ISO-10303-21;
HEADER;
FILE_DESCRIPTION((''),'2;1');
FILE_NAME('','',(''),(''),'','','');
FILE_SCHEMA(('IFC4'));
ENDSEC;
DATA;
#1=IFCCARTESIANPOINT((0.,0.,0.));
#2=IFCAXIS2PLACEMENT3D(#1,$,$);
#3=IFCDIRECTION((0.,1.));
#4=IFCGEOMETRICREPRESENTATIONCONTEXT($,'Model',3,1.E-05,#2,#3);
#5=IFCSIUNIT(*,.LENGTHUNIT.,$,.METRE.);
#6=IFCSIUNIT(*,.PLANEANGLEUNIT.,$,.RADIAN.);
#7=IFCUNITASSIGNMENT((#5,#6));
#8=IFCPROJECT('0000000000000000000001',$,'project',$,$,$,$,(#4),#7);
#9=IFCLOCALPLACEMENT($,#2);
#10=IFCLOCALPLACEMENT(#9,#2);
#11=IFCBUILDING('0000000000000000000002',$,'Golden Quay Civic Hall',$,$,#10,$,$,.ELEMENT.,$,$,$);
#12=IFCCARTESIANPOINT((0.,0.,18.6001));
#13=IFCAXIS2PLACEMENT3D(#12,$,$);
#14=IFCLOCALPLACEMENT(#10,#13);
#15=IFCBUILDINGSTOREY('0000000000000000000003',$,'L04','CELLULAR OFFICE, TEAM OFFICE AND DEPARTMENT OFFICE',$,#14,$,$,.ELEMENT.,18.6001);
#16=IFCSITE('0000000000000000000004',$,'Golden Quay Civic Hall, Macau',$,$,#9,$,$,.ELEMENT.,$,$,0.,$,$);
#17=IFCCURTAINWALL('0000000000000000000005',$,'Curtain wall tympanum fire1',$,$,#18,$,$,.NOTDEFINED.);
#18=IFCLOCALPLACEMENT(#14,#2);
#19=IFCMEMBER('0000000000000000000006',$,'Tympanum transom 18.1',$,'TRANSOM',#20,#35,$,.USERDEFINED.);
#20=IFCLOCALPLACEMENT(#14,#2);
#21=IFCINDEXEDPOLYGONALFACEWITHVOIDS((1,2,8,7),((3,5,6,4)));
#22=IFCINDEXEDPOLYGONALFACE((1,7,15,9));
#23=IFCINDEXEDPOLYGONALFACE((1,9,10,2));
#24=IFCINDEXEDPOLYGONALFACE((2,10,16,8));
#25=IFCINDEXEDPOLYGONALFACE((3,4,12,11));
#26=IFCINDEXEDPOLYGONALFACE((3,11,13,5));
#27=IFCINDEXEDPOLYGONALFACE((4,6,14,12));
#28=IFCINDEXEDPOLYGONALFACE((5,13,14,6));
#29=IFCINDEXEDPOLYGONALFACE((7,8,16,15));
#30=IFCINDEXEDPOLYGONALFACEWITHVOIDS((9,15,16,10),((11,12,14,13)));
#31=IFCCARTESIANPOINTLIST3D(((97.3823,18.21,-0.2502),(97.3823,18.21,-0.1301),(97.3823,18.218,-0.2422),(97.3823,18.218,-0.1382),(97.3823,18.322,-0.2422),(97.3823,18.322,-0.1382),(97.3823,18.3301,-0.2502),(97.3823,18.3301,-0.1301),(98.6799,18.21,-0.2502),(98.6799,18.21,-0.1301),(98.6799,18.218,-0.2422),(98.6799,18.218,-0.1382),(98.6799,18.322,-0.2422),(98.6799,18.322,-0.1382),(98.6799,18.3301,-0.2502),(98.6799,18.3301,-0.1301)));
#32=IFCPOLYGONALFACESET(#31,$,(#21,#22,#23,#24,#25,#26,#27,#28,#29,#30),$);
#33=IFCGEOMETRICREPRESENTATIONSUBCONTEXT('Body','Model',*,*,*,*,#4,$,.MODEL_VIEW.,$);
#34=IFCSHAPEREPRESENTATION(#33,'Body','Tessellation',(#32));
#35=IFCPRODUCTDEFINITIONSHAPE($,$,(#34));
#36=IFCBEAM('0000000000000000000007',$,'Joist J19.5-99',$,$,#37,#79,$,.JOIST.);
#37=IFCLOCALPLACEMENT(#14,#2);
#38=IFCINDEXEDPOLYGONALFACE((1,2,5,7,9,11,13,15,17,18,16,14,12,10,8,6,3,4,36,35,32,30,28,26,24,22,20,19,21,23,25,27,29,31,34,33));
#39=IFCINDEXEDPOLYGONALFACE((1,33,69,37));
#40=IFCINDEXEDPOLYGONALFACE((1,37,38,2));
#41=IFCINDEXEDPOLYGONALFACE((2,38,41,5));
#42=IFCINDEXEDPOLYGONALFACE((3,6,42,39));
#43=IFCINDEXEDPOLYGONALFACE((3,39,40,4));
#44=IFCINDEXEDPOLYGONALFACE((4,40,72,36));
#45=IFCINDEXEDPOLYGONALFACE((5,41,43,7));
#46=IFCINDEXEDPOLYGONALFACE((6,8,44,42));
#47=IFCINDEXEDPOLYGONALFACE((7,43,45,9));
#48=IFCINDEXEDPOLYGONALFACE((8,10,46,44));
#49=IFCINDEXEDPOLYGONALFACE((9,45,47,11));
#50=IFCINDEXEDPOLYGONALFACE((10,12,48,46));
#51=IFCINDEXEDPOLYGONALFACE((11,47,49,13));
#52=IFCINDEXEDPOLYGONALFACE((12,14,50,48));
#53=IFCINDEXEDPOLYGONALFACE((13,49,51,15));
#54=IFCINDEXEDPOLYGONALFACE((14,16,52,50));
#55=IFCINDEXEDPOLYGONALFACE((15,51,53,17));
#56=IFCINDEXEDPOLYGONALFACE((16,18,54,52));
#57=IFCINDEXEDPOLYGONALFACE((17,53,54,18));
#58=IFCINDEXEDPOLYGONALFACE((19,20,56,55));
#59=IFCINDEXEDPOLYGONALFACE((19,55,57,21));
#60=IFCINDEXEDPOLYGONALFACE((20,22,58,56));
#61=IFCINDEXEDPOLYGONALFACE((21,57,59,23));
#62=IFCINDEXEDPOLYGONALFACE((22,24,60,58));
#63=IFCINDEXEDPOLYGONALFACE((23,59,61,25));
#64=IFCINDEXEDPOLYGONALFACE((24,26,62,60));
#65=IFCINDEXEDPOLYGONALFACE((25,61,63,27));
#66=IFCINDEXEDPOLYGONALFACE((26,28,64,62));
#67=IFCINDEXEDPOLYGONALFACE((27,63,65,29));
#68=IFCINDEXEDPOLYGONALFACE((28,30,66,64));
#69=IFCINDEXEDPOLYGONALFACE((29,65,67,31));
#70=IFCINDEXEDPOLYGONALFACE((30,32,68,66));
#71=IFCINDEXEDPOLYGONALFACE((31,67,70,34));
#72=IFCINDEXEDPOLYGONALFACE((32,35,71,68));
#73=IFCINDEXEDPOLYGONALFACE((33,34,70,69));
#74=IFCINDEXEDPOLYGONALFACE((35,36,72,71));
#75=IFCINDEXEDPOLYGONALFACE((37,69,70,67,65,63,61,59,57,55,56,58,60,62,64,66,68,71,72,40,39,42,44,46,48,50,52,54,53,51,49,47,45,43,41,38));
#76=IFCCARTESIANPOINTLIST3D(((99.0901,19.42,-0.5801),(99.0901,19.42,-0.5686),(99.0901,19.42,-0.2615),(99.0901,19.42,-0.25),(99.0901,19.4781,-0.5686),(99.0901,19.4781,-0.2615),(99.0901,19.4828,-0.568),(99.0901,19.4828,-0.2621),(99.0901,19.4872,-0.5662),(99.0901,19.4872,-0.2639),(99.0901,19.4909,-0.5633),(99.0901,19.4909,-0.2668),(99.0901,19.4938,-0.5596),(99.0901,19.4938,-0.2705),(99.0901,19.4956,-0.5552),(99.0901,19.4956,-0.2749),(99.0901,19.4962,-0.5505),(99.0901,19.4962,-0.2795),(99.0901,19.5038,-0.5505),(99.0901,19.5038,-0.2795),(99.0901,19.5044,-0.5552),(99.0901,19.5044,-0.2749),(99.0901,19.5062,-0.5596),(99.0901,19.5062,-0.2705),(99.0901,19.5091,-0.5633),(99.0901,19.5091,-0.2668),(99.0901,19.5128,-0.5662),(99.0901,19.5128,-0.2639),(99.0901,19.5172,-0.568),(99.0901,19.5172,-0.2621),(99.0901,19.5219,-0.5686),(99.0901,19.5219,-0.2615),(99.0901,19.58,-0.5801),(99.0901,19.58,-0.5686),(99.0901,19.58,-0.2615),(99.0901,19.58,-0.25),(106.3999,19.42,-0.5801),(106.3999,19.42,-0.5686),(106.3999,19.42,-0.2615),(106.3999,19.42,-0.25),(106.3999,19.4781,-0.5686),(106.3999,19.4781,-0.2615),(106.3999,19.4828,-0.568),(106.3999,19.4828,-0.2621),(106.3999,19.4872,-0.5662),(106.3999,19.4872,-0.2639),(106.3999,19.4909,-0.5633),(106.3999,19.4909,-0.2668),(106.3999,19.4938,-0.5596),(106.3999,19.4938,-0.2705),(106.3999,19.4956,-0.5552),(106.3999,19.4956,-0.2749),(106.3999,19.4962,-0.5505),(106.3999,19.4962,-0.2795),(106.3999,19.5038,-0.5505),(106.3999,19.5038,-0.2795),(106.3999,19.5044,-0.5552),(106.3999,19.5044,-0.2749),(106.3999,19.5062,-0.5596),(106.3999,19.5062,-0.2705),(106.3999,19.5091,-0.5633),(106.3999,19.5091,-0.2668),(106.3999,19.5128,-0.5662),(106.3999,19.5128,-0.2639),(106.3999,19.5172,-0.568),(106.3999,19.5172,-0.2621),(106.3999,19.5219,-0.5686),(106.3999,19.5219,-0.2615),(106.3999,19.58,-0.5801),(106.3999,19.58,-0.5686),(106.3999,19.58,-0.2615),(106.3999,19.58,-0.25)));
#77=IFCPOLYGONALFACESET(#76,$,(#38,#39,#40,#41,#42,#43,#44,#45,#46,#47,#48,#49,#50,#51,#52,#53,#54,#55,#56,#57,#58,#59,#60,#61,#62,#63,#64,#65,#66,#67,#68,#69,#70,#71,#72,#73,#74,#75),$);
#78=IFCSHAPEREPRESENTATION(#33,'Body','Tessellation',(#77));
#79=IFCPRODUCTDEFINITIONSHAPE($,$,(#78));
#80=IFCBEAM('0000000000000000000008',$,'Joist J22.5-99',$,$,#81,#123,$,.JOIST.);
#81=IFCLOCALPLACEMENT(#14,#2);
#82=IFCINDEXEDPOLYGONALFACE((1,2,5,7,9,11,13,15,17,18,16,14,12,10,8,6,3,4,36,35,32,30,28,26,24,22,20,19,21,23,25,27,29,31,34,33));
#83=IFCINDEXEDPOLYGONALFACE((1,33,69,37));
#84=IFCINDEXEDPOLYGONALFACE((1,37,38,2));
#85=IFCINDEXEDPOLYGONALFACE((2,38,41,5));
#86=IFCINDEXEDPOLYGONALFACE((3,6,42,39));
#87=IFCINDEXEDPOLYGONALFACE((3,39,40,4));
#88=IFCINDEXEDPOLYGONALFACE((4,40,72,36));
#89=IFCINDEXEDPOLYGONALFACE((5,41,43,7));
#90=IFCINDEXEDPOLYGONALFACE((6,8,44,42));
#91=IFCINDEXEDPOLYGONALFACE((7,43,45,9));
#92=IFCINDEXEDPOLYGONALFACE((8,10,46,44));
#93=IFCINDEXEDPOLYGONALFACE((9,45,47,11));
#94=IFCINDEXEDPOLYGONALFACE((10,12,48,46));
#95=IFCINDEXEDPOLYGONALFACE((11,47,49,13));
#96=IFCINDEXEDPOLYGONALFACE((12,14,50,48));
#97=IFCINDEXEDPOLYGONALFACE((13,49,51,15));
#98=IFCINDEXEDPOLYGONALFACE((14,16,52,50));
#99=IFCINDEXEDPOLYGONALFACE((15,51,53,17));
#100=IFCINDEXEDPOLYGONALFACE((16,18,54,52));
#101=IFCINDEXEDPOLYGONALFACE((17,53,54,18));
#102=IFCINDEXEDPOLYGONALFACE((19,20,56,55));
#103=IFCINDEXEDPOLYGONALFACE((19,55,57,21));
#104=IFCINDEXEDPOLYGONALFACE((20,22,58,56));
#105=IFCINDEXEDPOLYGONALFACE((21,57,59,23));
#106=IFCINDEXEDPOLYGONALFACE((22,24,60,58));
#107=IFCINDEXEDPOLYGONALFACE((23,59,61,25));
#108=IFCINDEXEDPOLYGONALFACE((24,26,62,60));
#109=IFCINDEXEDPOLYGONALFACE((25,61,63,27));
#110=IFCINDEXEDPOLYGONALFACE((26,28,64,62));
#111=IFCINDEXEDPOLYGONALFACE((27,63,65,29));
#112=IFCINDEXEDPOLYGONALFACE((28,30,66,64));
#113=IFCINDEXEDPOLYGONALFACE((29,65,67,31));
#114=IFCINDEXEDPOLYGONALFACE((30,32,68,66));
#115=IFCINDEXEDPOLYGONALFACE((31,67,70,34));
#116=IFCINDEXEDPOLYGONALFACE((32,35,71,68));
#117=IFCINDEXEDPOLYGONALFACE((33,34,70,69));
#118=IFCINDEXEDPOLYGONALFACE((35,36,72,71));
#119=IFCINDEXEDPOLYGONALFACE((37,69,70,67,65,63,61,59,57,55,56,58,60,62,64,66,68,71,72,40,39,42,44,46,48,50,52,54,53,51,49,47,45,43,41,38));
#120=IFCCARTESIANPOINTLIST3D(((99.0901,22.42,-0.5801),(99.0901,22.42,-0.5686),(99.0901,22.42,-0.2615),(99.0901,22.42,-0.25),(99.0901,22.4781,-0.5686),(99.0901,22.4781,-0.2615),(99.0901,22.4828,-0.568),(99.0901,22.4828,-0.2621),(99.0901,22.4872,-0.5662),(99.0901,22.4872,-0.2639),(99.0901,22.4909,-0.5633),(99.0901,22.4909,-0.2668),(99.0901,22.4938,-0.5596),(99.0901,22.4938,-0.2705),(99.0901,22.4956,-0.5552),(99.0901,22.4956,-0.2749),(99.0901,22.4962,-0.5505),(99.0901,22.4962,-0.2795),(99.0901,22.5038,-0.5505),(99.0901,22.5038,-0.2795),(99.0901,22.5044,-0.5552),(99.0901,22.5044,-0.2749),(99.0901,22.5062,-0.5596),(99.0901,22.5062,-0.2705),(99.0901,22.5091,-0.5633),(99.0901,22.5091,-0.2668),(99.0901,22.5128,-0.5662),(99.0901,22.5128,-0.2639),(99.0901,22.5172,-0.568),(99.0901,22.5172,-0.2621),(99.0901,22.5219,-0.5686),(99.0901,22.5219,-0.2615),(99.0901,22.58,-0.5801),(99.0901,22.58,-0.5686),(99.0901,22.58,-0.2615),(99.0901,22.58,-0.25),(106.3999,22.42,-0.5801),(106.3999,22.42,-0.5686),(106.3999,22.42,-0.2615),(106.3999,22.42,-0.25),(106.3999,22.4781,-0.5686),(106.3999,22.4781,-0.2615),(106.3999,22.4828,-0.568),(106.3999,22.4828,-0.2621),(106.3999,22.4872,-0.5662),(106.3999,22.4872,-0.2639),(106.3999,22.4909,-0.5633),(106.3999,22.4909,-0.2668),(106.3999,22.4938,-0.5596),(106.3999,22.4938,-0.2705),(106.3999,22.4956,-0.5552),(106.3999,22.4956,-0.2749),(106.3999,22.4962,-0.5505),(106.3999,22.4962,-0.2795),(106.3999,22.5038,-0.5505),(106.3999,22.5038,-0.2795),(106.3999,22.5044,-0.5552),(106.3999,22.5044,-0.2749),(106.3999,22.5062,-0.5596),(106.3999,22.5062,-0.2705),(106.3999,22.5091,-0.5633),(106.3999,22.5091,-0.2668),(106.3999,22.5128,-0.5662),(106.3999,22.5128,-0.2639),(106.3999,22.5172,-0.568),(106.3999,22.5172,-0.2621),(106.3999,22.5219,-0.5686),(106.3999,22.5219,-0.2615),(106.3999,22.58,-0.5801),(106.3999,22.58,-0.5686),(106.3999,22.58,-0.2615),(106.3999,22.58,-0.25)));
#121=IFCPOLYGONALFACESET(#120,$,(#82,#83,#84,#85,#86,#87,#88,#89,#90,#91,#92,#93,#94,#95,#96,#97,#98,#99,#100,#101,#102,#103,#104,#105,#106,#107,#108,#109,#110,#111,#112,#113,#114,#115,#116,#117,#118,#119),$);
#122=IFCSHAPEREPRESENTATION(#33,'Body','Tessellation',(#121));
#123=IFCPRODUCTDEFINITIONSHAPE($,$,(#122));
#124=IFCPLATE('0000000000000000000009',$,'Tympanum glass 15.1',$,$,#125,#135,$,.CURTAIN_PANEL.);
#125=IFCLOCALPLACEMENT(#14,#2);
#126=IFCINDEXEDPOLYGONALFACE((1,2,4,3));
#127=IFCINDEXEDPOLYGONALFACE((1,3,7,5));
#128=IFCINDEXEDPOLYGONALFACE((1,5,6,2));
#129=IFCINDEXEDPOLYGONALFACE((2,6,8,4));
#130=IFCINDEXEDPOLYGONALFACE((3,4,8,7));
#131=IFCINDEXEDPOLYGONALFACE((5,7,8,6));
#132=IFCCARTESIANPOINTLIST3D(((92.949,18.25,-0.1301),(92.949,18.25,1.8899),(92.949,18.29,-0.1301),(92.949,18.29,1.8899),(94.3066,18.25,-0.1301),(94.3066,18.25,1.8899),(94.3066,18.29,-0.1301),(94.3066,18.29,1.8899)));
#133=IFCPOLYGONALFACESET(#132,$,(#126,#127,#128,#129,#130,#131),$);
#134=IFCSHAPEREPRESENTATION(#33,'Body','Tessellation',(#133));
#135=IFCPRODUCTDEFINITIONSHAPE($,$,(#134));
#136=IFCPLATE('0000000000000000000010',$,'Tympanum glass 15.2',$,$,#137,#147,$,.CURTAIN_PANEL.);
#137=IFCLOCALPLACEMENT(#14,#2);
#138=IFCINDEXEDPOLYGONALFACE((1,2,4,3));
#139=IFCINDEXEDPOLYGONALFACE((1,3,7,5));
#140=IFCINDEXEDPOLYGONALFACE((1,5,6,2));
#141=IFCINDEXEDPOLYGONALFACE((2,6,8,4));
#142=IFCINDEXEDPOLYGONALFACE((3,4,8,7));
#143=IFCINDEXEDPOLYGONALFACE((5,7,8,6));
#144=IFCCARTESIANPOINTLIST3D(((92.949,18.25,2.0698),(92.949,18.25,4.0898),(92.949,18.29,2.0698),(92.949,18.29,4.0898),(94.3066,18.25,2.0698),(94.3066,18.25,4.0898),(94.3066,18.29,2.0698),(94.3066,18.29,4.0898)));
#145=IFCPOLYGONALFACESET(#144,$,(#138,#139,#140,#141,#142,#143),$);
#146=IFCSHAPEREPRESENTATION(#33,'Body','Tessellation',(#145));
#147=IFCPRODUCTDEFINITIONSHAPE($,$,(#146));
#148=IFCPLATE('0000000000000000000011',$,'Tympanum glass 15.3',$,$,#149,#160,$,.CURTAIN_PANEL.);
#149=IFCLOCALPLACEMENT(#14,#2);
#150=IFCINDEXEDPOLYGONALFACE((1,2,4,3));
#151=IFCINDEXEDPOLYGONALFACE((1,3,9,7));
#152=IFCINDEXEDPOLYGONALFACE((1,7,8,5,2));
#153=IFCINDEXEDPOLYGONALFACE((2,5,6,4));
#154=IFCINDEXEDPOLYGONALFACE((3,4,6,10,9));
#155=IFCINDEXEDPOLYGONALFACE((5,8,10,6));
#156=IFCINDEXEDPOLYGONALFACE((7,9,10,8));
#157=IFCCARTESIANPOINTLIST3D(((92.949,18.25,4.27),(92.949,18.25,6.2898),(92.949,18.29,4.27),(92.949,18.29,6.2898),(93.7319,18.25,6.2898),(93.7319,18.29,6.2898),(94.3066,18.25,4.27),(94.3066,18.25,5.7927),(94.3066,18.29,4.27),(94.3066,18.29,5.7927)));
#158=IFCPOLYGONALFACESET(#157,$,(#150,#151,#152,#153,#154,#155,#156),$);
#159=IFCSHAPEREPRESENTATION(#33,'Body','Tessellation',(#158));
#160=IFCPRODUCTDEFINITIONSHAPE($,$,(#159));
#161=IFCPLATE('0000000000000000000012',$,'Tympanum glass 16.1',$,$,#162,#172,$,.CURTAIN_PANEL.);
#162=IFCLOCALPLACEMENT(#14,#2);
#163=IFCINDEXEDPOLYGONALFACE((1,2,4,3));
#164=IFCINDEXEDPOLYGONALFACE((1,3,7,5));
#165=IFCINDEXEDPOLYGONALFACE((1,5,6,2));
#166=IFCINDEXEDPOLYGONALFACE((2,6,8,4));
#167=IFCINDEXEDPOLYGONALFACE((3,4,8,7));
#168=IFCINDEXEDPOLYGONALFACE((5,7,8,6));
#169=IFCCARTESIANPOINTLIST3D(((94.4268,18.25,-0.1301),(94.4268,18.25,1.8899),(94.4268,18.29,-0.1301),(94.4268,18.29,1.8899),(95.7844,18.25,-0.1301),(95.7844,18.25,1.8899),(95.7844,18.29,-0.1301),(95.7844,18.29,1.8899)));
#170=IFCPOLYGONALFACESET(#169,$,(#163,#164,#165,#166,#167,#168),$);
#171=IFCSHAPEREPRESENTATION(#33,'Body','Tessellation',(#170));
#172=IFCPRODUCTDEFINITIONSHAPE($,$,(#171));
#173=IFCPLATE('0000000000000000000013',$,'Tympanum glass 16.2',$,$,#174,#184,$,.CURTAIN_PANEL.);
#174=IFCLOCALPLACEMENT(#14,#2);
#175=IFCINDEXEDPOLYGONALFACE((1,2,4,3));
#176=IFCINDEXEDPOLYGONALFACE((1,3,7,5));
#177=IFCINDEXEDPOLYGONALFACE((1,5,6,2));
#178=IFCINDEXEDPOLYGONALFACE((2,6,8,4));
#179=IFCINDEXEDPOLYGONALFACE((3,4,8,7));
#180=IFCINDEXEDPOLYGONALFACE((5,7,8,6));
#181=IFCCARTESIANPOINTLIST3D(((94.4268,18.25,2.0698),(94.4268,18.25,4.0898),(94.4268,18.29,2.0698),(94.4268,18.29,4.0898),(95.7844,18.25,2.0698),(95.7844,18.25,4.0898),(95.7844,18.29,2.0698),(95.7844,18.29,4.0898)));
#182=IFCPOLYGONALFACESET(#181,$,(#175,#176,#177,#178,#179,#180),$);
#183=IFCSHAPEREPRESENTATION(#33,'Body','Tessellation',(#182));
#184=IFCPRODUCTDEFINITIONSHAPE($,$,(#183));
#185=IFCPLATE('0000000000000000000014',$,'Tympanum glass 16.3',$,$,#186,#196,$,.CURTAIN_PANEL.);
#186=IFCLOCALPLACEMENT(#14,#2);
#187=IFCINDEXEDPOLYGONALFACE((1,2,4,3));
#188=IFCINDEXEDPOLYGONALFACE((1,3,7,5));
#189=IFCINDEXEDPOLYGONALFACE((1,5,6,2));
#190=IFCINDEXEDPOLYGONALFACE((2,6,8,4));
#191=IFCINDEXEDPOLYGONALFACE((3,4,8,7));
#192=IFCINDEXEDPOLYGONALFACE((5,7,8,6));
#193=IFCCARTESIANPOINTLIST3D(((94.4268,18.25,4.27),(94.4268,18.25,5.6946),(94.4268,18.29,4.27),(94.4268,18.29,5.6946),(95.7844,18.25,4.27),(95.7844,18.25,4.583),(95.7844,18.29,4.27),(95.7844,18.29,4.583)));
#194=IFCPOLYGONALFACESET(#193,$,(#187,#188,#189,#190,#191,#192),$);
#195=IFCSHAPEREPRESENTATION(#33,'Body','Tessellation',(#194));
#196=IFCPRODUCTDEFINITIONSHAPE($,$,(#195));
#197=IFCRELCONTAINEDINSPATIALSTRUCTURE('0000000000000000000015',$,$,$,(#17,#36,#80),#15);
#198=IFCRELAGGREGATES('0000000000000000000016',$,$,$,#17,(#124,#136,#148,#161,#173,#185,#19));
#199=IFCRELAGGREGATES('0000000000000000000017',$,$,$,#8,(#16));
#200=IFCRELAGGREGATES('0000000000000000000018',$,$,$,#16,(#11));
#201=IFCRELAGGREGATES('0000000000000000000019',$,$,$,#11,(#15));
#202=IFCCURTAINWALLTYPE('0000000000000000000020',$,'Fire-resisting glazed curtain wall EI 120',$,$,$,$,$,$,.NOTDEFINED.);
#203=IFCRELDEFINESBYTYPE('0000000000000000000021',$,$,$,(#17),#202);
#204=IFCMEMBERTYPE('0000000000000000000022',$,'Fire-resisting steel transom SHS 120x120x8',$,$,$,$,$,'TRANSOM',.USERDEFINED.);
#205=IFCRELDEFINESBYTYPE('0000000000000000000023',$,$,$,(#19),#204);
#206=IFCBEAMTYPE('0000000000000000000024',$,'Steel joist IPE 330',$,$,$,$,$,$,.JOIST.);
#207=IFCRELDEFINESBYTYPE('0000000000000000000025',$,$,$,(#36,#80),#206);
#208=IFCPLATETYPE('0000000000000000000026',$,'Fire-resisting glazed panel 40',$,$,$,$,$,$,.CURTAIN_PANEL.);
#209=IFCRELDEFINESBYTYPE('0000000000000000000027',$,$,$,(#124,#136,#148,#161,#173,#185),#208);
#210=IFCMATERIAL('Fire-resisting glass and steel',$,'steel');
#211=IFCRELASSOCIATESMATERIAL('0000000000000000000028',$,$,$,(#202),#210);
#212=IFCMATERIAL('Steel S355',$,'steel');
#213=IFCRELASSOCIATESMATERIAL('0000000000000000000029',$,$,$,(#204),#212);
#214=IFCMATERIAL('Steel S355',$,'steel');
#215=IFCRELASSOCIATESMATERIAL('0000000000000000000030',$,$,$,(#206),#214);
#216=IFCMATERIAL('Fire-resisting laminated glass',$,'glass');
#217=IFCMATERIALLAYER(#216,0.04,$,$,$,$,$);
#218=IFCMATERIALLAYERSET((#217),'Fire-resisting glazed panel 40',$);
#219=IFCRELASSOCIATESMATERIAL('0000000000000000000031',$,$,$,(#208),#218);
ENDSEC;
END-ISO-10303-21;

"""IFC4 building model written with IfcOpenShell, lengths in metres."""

from ifc_helpers import new_model, si_unit, direction, frame, origin, origin_2d, place, context, subcontext, project, spatial, polyline, hollow_rectangle, i_section, outline, extrude, material, layer, layer_set, material_profile, profile_set, type_object, element, aggregate, save


model = new_model("IFC4")

# Units and contexts
model_context = context("Model", 3, precision=1e-05, world=origin(), true_north=direction((0.0, 1.0)))
body_context = subcontext(model_context, "Body", "Model", "MODEL_VIEW")
ifc_project = project(units=[si_unit("LENGTHUNIT", "METRE"), si_unit("PLANEANGLEUNIT", "RADIAN")], contexts=[model_context])

# Site, building, storey
site_placement = place(None, origin())
site = spatial("IfcSite", under=ifc_project, at=site_placement, Name="Golden Quay Civic Hall, Macau", CompositionType="ELEMENT", RefElevation=0.0)
building_placement = place(site_placement, origin())
building = spatial("IfcBuilding", under=site, at=building_placement, Name="Golden Quay Civic Hall", CompositionType="ELEMENT")
storey_placement = place(building_placement, frame((0.0, 0.0, 18.6001)))
storey = spatial("IfcBuildingStorey", under=building, at=storey_placement, Name="L04", Description="CELLULAR OFFICE, TEAM OFFICE AND DEPARTMENT OFFICE", CompositionType="ELEMENT", Elevation=18.6001)

# Curtain wall, member
ifc_material_1 = material(Name="Fire-resisting glass and steel", Category="steel")
curtain_wall_type = type_object("IfcCurtainWallType", Name="Fire-resisting glazed curtain wall EI 120", PredefinedType="NOTDEFINED", material=ifc_material_1)
curtain_wall_placement = place(storey_placement, origin())
curtain_wall = element("IfcCurtainWall", 1, at=curtain_wall_placement, inside=storey, type_object=curtain_wall_type, Name="Curtain wall tympanum fire1", PredefinedType="NOTDEFINED")
ifc_material_2 = material(Name="Steel S355", Category="steel")
ifc_material_profile_1 = material_profile(ifc_material_2, hollow_rectangle(XDim=0.1201, YDim=0.1201, WallThickness=0.0081, at=origin_2d()), Name="SHS 120x120x8")
ifc_profile_set_1 = profile_set([ifc_material_profile_1], Name="Steel S355")
member_type_1 = type_object("IfcMemberType", Name="Fire-resisting steel transom SHS 120x120x8", ElementType="TRANSOM", PredefinedType="USERDEFINED", material=ifc_profile_set_1)
member_1_placement = place(storey_placement, frame((97.3823, 18.27, -0.1902), z_axis=(1.0, 0.0, 0.0), x_axis=(0.0, 1.0, 0.0)))
member_1 = element("IfcMember", 2, at=member_1_placement, type_object=member_type_1, Name="Tympanum transom 18.1", ObjectType="TRANSOM", PredefinedType="USERDEFINED", context=body_context, shape_type="SweptSolid", body=[
    extrude(hollow_rectangle(XDim=0.1201, YDim=0.1201, WallThickness=0.0081, at=origin_2d()), origin(), (0.0, 0.0, 1.0), 1.2976),
])

# Beams
ifc_material_3 = material(Name="Steel S355", Category="steel")
ifc_material_profile_2 = material_profile(ifc_material_3, i_section(OverallWidth=0.1599, OverallDepth=0.3301, WebThickness=0.0076, FlangeThickness=0.0115, FilletRadius=0.0181, at=origin_2d()), Name="IPE 330")
ifc_profile_set_2 = profile_set([ifc_material_profile_2], Name="Steel S355")
beam_type = type_object("IfcBeamType", Name="Steel joist IPE 330", PredefinedType="JOIST", material=ifc_profile_set_2)
for number, where, z_axis, x_axis, name in (
    (3, (99.0901, 19.5, -0.415), (1.0, 0.0, 0.0), (0.0, 1.0, 0.0), "Joist J19.5-99"),
    (4, (99.0901, 22.5, -0.415), (1.0, 0.0, 0.0), (0.0, 1.0, 0.0), "Joist J22.5-99"),
):
    element("IfcBeam", number, at=place(storey_placement, frame(where, z_axis=z_axis, x_axis=x_axis)), inside=storey, type_object=beam_type, Name=name, PredefinedType="JOIST", context=body_context, shape_type="SweptSolid", body=[
        extrude(i_section(OverallWidth=0.1599, OverallDepth=0.3301, WebThickness=0.0076, FlangeThickness=0.0115, FilletRadius=0.0181, at=origin_2d()), origin(), (0.0, 0.0, 1.0), 7.3098),
    ])

# Plates
ifc_material_4 = material(Name="Fire-resisting laminated glass", Category="glass")
ifc_layer = layer(ifc_material_4, 0.04)
ifc_layer_set = layer_set([ifc_layer], Name="Fire-resisting glazed panel 40")
plate_type = type_object("IfcPlateType", Name="Fire-resisting glazed panel 40", PredefinedType="CURTAIN_PANEL", material=ifc_layer_set)
plate_1_placement = place(storey_placement, frame((94.3066, 18.29, -0.1301), z_axis=(0.0, 1.0, 0.0), x_axis=(-1.0, 0.0, 0.0)))
plate_1 = element("IfcPlate", 5, at=plate_1_placement, type_object=plate_type, Name="Tympanum glass 15.1", PredefinedType="CURTAIN_PANEL", context=body_context, shape_type="SweptSolid", body=[
    extrude(outline(polyline([(0.0, 0.0), (1.3577, 0.0), (1.3577, 2.02), (0.0, 2.02), (0.0, 0.0)])), origin(), (0.0, 0.0, -1.0), 0.04),
])
plate_2_placement = place(storey_placement, frame((94.3066, 18.29, 2.0698), z_axis=(0.0, 1.0, 0.0), x_axis=(-1.0, 0.0, 0.0)))
plate_2 = element("IfcPlate", 6, at=plate_2_placement, type_object=plate_type, Name="Tympanum glass 15.2", PredefinedType="CURTAIN_PANEL", context=body_context, shape_type="SweptSolid", body=[
    extrude(outline(polyline([(0.0, 0.0), (1.3577, 0.0), (1.3577, 2.02), (0.0, 2.02), (0.0, 0.0)])), origin(), (0.0, 0.0, -1.0), 0.04),
])
plate_3_placement = place(storey_placement, frame((94.3066, 18.29, 4.27), z_axis=(0.0, 1.0, 0.0), x_axis=(-1.0, 0.0, 0.0)))
plate_3 = element("IfcPlate", 7, at=plate_3_placement, type_object=plate_type, Name="Tympanum glass 15.3", PredefinedType="CURTAIN_PANEL", context=body_context, shape_type="SweptSolid", body=[
    extrude(outline(polyline([(0.0, 0.0), (1.3577, 0.0), (1.3577, 2.0198), (0.5747, 2.0198), (0.0, 1.5227), (0.0, 0.0)])), origin(), (0.0, 0.0, -1.0), 0.04),
])
plate_4_placement = place(storey_placement, frame((95.7844, 18.29, -0.1301), z_axis=(0.0, 1.0, 0.0), x_axis=(-1.0, 0.0, 0.0)))
plate_4 = element("IfcPlate", 8, at=plate_4_placement, type_object=plate_type, Name="Tympanum glass 16.1", PredefinedType="CURTAIN_PANEL", context=body_context, shape_type="SweptSolid", body=[
    extrude(outline(polyline([(0.0, 0.0), (1.3577, 0.0), (1.3577, 2.02), (0.0, 2.02), (0.0, 0.0)])), origin(), (0.0, 0.0, -1.0), 0.04),
])
plate_5_placement = place(storey_placement, frame((95.7844, 18.29, 2.0698), z_axis=(0.0, 1.0, 0.0), x_axis=(-1.0, 0.0, 0.0)))
plate_5 = element("IfcPlate", 9, at=plate_5_placement, type_object=plate_type, Name="Tympanum glass 16.2", PredefinedType="CURTAIN_PANEL", context=body_context, shape_type="SweptSolid", body=[
    extrude(outline(polyline([(0.0, 0.0), (1.3577, 0.0), (1.3577, 2.02), (0.0, 2.02), (0.0, 0.0)])), origin(), (0.0, 0.0, -1.0), 0.04),
])
plate_6_placement = place(storey_placement, frame((95.7844, 18.29, 4.27), z_axis=(0.0, 1.0, 0.0), x_axis=(-1.0, 0.0, 0.0)))
plate_6 = element("IfcPlate", 10, at=plate_6_placement, type_object=plate_type, Name="Tympanum glass 16.3", PredefinedType="CURTAIN_PANEL", context=body_context, shape_type="SweptSolid", body=[
    extrude(outline(polyline([(0.0, 0.0), (1.3577, 0.0), (1.3577, 1.4246), (0.0, 0.313), (0.0, 0.0)])), origin(), (0.0, 0.0, -1.0), 0.04),
])
aggregate(curtain_wall, [plate_1, plate_2, plate_3, plate_4, plate_5, plate_6, member_1])

save(model, "model.ifc")
